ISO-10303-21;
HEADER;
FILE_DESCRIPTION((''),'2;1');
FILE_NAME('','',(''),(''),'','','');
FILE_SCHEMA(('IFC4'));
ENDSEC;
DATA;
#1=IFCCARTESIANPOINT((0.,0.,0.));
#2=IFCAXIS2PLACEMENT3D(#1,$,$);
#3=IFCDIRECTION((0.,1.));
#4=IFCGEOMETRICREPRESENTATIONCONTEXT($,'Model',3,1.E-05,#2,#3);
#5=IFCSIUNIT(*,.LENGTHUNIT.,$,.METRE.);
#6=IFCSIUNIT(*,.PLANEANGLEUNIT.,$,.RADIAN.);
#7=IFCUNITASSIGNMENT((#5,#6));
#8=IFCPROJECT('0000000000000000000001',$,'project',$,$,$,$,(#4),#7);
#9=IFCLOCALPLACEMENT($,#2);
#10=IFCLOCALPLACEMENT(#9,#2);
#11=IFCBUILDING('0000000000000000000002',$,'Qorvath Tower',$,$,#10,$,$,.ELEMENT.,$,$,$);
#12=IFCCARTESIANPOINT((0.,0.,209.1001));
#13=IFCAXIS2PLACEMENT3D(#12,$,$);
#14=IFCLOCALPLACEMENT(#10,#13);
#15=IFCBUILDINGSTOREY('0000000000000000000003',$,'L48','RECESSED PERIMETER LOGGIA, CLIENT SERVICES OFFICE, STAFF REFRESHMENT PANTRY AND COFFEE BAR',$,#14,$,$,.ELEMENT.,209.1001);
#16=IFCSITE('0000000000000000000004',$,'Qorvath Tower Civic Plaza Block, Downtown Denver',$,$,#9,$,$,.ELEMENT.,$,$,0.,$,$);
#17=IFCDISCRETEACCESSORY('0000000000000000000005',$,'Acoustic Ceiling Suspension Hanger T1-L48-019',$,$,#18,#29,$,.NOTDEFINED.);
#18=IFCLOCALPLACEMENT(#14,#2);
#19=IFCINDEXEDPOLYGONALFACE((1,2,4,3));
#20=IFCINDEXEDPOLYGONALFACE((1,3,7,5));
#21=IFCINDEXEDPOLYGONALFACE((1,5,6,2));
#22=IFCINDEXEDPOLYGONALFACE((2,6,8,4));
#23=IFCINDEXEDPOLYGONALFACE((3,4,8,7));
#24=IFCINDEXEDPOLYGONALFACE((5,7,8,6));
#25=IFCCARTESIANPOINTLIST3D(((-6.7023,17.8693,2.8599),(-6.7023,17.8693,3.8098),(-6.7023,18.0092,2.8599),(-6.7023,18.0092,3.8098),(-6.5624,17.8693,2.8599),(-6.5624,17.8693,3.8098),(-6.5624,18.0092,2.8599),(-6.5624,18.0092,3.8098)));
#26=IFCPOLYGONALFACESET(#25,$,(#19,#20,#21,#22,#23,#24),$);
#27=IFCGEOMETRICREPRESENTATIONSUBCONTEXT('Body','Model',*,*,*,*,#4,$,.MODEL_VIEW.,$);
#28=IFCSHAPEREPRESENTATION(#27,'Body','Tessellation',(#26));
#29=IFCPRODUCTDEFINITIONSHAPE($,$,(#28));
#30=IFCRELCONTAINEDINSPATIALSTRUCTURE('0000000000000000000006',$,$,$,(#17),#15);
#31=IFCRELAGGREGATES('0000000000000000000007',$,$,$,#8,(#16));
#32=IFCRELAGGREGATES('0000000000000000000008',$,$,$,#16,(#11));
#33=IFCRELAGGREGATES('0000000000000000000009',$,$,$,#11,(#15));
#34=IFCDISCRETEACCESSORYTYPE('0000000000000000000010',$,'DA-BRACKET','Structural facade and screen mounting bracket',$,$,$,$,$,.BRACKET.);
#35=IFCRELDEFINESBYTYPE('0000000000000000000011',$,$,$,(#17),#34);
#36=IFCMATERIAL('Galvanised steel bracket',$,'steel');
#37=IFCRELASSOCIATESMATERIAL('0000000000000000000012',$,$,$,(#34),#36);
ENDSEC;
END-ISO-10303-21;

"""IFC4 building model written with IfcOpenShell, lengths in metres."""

from ifc_helpers import new_model, si_unit, direction, frame, origin, origin_2d, place, context, subcontext, project, spatial, rectangle, extrude, material, type_object, element, save


model = new_model("IFC4")

# Units and contexts
model_context = context("Model", 3, precision=1e-05, world=origin(), true_north=direction((0.0, 1.0)))
body_context = subcontext(model_context, "Body", "Model", "MODEL_VIEW")
ifc_project = project(units=[si_unit("LENGTHUNIT", "METRE"), si_unit("PLANEANGLEUNIT", "RADIAN")], contexts=[model_context])

# Site, building, storey
site_placement = place(None, origin())
site = spatial("IfcSite", under=ifc_project, at=site_placement, Name="Qorvath Tower Civic Plaza Block, Downtown Denver", CompositionType="ELEMENT", RefElevation=0.0)
building_placement = place(site_placement, origin())
building = spatial("IfcBuilding", under=site, at=building_placement, Name="Qorvath Tower", CompositionType="ELEMENT")
storey_placement = place(building_placement, frame((0.0, 0.0, 209.1001)))
storey = spatial("IfcBuildingStorey", under=building, at=storey_placement, Name="L48", Description="RECESSED PERIMETER LOGGIA, CLIENT SERVICES OFFICE, STAFF REFRESHMENT PANTRY AND COFFEE BAR", CompositionType="ELEMENT", Elevation=209.1001)

# Discrete accessory
ifc_material_1 = material(Name="Galvanised steel bracket", Category="steel")
discrete_accessory_type = type_object("IfcDiscreteAccessoryType", Name="DA-BRACKET", Description="Structural facade and screen mounting bracket", PredefinedType="BRACKET", material=ifc_material_1)
for number, where, z_axis, x_axis, name in (
    (1, (-6.6323, 17.9392, 2.8599), (0.0, 0.0, 1.0), (1.0, 0.0, 0.0), "Acoustic Ceiling Suspension Hanger T1-L48-019"),
):
    element("IfcDiscreteAccessory", number, at=place(storey_placement, frame(where, z_axis=z_axis, x_axis=x_axis)), inside=storey, type_object=discrete_accessory_type, Name=name, PredefinedType="NOTDEFINED", context=body_context, shape_type="SweptSolid", body=[
        extrude(rectangle(XDim=0.1399, YDim=0.1399, at=origin_2d()), origin(), (0.0, 0.0, 1.0), 0.95),
    ])

save(model, "model.ifc")
